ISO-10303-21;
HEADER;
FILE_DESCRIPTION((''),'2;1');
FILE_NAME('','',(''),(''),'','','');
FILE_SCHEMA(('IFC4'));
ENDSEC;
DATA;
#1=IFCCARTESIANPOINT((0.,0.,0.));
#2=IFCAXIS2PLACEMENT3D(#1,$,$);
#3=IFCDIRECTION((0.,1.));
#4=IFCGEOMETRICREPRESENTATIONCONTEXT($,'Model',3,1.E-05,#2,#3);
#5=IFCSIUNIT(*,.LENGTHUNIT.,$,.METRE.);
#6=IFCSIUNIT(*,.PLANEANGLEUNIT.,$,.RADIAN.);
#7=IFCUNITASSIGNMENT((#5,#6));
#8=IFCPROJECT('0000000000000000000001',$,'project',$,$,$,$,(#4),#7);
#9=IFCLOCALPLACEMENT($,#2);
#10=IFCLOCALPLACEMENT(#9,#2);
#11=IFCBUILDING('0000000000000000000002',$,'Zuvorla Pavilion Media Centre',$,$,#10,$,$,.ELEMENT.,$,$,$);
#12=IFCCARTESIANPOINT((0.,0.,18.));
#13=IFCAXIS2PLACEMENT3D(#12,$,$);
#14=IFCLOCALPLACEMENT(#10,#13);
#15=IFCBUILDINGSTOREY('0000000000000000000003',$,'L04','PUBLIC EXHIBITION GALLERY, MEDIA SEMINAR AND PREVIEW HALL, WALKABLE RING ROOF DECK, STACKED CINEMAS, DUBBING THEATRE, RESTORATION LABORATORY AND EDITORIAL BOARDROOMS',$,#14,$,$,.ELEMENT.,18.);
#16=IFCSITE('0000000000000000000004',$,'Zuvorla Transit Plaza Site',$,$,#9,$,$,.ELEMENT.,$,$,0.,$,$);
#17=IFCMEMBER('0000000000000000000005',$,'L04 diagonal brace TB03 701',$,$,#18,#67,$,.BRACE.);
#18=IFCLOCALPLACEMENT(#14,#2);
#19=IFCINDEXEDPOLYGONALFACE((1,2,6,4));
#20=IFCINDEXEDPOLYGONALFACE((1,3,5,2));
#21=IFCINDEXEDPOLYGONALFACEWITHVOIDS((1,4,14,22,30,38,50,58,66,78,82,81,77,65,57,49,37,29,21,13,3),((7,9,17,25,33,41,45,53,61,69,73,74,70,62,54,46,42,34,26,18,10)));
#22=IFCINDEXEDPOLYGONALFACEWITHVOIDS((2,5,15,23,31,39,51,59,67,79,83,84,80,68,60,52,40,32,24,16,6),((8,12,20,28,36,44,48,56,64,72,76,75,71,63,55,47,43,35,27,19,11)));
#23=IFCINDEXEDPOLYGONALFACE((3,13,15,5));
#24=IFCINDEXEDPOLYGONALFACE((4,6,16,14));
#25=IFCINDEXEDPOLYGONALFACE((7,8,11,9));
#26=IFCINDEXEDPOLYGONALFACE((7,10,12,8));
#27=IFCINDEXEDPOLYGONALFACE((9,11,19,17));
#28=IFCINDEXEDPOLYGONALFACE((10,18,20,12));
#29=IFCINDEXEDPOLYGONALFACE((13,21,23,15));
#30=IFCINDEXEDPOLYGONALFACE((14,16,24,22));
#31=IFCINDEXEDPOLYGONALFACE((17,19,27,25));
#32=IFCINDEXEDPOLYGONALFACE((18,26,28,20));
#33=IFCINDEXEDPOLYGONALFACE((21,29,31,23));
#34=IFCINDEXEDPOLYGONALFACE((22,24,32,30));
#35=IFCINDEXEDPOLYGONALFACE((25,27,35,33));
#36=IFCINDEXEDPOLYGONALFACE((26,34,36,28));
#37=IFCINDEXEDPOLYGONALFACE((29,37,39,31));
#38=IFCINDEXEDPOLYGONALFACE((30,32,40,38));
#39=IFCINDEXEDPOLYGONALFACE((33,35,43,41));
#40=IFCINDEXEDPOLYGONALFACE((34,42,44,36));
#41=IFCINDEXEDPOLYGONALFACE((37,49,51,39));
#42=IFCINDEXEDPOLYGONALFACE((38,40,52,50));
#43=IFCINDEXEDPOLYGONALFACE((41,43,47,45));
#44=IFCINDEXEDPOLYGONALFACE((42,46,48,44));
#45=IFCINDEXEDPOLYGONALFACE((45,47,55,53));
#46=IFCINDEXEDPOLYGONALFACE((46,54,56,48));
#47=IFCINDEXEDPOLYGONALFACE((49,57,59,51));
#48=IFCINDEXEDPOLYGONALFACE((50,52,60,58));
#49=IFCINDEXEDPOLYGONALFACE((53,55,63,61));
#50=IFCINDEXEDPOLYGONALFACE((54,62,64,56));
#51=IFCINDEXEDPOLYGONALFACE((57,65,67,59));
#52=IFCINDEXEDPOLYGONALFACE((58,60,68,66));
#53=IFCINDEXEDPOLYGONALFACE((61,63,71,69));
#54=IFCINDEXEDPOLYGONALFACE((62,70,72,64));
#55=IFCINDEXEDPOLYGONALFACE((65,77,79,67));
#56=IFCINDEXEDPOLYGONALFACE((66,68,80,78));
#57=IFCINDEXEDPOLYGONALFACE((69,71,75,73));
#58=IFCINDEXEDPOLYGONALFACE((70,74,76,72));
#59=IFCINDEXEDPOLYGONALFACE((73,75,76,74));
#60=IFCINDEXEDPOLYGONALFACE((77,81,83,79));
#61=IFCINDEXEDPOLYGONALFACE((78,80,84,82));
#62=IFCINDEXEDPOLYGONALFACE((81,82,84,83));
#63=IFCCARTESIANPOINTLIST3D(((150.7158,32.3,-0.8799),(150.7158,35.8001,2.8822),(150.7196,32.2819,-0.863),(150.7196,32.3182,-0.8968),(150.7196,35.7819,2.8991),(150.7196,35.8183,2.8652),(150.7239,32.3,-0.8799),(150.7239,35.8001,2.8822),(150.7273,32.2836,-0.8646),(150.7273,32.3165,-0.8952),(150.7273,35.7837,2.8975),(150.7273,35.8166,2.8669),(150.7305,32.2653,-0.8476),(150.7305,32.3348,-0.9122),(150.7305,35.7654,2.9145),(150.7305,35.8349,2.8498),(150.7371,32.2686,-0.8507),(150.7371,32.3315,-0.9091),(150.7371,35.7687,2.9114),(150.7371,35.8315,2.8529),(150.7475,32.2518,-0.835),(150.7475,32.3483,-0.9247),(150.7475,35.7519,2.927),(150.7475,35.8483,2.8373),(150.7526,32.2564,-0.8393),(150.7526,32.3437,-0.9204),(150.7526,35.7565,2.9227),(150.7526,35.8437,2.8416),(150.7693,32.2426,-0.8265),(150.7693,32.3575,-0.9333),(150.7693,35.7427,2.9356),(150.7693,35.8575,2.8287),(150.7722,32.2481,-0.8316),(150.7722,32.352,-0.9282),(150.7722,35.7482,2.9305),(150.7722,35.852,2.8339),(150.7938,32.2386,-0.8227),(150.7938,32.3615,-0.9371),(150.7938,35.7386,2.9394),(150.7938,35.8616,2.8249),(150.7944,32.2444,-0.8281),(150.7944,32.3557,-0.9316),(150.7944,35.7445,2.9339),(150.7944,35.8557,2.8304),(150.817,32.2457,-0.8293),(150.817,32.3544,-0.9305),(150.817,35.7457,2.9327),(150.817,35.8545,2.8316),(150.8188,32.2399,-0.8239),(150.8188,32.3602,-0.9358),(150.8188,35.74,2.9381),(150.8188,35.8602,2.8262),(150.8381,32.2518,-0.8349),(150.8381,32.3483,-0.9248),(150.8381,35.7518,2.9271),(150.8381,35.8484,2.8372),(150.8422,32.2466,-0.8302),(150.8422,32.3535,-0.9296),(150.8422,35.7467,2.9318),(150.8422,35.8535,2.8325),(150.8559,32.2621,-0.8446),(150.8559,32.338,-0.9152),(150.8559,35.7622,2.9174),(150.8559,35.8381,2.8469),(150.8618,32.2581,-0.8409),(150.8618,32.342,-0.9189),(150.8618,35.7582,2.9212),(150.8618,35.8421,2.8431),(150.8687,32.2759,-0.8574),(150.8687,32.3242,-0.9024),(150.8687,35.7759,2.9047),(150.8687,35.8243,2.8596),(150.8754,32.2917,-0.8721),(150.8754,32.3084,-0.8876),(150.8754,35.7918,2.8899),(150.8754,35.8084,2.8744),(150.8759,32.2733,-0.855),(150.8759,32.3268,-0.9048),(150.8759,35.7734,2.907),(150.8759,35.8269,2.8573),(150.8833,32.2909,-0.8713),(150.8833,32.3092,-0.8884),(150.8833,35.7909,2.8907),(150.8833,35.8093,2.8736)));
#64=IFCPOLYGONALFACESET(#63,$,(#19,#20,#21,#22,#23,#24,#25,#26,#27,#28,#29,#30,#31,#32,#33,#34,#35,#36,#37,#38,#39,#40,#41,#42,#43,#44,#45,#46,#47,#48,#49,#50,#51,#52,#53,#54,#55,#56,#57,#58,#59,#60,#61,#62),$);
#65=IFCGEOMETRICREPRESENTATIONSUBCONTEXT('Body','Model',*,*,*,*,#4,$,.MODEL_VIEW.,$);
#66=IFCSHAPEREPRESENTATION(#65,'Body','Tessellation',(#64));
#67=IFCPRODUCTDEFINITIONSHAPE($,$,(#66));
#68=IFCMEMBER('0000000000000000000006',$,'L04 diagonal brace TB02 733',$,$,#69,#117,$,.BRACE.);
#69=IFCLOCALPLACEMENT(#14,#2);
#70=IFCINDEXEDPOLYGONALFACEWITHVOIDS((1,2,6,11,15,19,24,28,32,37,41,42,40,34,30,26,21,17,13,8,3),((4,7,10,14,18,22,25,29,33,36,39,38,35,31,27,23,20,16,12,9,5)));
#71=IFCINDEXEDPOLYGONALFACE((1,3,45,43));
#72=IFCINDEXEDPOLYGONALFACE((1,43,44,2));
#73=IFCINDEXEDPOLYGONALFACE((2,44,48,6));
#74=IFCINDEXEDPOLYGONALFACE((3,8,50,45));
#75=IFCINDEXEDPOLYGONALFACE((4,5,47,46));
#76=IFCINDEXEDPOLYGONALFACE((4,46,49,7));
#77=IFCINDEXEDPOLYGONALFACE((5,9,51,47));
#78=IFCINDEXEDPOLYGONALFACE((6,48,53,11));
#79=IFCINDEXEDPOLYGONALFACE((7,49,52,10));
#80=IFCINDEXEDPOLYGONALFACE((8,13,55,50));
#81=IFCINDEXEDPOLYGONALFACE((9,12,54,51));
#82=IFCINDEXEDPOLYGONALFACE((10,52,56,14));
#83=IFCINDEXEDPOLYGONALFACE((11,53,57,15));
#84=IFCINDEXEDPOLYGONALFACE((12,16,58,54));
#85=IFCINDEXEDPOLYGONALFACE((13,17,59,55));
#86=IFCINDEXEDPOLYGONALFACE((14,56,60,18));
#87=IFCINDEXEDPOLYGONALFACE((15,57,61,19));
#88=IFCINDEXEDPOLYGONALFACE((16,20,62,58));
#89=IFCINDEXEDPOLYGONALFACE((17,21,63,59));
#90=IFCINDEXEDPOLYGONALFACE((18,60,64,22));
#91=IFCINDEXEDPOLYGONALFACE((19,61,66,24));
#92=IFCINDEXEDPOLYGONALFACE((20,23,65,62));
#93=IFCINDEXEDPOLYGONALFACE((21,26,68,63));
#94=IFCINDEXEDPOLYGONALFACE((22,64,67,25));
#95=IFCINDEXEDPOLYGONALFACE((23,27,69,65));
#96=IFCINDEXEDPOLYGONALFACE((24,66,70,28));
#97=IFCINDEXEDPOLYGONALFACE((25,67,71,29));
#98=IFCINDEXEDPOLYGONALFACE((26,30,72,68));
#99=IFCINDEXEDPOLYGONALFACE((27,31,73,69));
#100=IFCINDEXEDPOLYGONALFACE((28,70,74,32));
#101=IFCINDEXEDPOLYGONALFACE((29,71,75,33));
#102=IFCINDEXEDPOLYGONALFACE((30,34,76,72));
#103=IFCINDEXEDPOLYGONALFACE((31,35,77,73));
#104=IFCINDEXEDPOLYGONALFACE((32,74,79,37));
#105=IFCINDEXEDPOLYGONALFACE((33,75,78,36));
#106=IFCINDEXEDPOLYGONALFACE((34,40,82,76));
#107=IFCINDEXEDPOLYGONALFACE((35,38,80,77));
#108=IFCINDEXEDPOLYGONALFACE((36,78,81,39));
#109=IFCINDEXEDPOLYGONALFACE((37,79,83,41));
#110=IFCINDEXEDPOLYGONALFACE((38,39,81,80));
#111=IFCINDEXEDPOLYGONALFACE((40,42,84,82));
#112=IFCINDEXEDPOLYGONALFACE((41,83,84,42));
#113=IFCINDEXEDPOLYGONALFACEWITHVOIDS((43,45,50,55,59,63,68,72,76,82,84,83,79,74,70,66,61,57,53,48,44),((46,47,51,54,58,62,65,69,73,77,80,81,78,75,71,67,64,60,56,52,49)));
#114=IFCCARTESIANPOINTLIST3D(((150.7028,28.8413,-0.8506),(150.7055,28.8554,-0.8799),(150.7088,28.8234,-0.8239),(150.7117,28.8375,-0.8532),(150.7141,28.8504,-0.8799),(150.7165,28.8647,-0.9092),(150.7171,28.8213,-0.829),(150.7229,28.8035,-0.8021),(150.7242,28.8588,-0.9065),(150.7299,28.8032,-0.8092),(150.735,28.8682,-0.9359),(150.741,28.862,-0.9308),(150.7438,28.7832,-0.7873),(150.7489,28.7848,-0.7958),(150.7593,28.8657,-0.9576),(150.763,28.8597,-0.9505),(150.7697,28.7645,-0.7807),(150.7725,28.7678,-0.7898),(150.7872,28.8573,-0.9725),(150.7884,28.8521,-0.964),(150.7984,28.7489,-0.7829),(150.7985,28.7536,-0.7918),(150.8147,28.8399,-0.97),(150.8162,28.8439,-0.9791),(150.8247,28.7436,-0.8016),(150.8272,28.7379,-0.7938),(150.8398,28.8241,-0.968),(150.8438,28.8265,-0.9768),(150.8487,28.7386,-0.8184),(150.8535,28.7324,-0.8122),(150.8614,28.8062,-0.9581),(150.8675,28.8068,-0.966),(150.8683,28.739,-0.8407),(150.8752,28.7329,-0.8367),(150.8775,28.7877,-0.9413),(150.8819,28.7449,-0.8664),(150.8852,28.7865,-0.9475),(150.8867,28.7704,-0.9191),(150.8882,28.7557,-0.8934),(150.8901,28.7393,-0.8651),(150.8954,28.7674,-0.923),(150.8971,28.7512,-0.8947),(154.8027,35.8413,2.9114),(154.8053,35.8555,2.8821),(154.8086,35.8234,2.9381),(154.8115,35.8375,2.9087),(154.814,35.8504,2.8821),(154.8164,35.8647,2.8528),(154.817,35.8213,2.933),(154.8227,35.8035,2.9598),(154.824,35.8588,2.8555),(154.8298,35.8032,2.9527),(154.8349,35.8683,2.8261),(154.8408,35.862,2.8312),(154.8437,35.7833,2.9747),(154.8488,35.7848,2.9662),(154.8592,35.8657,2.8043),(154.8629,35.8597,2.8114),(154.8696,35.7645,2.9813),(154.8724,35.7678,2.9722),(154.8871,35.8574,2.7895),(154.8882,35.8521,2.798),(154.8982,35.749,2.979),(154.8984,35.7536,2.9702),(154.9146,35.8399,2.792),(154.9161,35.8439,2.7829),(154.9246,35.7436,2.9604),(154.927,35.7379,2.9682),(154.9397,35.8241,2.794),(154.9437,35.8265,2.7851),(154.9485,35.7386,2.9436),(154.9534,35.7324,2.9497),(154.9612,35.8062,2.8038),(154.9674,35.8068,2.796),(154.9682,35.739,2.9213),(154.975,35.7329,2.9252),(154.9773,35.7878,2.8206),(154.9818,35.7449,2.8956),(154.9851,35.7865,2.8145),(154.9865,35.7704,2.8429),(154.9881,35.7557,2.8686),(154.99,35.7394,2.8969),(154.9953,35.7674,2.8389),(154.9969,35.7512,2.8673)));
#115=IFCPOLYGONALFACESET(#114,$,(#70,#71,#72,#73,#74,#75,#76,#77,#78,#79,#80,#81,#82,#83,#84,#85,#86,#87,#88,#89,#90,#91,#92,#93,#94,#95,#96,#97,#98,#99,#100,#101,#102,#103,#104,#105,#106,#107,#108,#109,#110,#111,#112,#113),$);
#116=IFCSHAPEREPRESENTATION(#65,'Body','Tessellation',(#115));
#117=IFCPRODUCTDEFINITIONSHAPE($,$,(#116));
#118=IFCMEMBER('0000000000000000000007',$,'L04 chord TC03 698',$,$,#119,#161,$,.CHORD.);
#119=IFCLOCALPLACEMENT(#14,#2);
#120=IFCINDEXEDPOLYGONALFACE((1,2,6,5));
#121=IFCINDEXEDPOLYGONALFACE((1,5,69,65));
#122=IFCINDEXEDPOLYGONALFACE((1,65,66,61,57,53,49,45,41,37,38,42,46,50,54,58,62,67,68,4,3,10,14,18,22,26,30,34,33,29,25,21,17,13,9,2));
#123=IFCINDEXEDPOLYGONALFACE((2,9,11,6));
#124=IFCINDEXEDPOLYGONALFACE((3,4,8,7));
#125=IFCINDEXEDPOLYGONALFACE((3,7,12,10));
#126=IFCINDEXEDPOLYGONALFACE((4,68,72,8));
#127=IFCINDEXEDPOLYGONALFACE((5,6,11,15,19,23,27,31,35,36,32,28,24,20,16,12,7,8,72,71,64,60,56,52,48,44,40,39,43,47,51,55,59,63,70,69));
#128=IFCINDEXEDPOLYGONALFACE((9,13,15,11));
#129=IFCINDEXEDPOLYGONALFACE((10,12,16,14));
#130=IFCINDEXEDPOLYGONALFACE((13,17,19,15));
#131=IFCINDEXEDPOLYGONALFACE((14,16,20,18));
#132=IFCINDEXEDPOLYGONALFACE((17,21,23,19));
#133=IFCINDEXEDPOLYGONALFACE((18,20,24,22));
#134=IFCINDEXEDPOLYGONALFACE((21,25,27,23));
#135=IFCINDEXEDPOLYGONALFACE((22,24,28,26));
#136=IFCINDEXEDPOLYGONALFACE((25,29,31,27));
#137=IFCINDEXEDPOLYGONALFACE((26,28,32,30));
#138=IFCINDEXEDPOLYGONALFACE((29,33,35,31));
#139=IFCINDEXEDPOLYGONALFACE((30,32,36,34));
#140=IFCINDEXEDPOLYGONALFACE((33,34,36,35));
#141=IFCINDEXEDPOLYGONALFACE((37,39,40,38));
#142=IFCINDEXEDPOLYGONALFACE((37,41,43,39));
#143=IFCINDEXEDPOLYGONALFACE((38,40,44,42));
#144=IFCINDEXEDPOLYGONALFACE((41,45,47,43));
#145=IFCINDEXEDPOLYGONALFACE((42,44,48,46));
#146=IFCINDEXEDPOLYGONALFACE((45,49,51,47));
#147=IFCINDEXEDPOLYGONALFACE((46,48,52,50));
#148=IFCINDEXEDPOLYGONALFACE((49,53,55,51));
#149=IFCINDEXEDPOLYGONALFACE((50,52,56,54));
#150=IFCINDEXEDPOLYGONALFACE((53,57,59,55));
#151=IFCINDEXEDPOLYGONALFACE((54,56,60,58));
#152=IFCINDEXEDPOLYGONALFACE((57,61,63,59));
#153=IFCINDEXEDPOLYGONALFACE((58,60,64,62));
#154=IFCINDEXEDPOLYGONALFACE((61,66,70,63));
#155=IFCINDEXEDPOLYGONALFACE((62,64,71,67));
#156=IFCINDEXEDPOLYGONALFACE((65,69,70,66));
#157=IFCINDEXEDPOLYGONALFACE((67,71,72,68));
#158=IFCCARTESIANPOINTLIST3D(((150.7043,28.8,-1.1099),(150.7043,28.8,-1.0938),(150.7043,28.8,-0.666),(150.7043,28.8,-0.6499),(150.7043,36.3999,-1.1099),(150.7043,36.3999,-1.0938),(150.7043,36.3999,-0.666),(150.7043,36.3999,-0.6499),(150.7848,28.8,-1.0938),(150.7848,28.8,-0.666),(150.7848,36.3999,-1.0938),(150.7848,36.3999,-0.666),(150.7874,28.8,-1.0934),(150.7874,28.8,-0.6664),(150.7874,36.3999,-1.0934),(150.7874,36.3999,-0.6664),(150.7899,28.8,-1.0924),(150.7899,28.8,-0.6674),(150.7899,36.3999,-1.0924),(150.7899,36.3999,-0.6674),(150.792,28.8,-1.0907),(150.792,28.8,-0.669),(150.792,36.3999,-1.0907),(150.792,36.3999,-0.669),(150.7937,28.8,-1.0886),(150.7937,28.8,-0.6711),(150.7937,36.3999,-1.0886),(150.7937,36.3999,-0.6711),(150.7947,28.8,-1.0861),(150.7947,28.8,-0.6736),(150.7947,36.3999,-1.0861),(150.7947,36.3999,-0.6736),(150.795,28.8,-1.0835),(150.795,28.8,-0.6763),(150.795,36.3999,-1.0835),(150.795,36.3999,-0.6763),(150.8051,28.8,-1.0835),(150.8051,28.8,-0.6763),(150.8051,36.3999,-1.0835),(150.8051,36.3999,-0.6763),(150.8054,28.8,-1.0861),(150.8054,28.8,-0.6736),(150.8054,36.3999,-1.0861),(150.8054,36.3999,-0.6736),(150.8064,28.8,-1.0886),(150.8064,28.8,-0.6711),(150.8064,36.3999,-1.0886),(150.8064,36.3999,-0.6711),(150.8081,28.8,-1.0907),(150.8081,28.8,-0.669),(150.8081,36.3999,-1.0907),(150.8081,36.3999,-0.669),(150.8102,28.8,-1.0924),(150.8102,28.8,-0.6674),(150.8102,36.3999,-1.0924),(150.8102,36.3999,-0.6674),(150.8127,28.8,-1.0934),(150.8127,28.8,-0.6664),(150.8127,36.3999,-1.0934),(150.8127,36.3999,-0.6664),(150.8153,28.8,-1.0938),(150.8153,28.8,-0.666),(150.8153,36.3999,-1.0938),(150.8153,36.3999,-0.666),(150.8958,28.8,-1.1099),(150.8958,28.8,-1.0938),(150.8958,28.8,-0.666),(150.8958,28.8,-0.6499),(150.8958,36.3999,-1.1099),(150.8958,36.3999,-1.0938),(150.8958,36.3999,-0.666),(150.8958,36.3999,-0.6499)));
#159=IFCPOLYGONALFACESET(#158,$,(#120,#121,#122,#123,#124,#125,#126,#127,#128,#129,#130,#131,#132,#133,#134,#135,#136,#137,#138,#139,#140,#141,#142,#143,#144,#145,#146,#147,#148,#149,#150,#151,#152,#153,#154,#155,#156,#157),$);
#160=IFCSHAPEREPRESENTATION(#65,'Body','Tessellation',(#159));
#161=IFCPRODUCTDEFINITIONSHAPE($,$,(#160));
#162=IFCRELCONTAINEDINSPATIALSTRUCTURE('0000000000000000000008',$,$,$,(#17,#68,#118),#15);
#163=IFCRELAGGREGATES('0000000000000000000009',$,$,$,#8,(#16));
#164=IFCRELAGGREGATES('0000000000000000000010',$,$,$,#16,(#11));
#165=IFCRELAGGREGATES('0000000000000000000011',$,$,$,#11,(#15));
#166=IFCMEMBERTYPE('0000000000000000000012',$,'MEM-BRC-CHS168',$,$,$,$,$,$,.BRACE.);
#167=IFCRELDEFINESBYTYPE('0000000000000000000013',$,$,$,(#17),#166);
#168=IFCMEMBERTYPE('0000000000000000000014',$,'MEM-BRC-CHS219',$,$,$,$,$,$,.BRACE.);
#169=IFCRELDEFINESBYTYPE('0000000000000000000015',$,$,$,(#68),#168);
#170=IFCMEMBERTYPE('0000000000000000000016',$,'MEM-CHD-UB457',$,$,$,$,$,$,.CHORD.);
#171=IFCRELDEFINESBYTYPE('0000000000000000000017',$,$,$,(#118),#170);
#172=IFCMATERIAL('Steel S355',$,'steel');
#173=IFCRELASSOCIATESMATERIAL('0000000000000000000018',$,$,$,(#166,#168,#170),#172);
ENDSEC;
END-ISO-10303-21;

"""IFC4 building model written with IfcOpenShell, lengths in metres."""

from ifc_helpers import new_model, si_unit, direction, frame, origin, origin_2d, place, context, subcontext, project, spatial, hollow_circle, i_section, extrude, material, material_profile, profile_set, type_object, element, save


model = new_model("IFC4")

# Units and contexts
model_context = context("Model", 3, precision=1e-05, world=origin(), true_north=direction((0.0, 1.0)))
body_context = subcontext(model_context, "Body", "Model", "MODEL_VIEW")
ifc_project = project(units=[si_unit("LENGTHUNIT", "METRE"), si_unit("PLANEANGLEUNIT", "RADIAN")], contexts=[model_context])

# Site, building, storey
site_placement = place(None, origin())
site = spatial("IfcSite", under=ifc_project, at=site_placement, Name="Zuvorla Transit Plaza Site", CompositionType="ELEMENT", RefElevation=0.0)
building_placement = place(site_placement, origin())
building = spatial("IfcBuilding", under=site, at=building_placement, Name="Zuvorla Pavilion Media Centre", CompositionType="ELEMENT")
storey_placement = place(building_placement, frame((0.0, 0.0, 18.0)))
storey = spatial("IfcBuildingStorey", under=building, at=storey_placement, Name="L04", Description="PUBLIC EXHIBITION GALLERY, MEDIA SEMINAR AND PREVIEW HALL, WALKABLE RING ROOF DECK, STACKED CINEMAS, DUBBING THEATRE, RESTORATION LABORATORY AND EDITORIAL BOARDROOMS", CompositionType="ELEMENT", Elevation=18.0)

# Shared definitions
ifc_material_1 = material(Name="Steel S355", Category="steel")

# Members
ifc_material_profile_1 = material_profile(ifc_material_1, hollow_circle(Radius=0.0842, WallThickness=0.0081, at=origin_2d()), Name="CHS 168.3x8")
ifc_profile_set_1 = profile_set([ifc_material_profile_1], Name="Steel S355")
member_type_1 = type_object("IfcMemberType", Name="MEM-BRC-CHS168", PredefinedType="BRACE", material=ifc_profile_set_1)
member_1_placement = place(storey_placement, frame((150.8, 32.3, -0.8799), z_axis=(0.0, 0.681156, 0.732138), x_axis=(-1.0, 0.0, 0.0)))
element("IfcMember", 1, at=member_1_placement, inside=storey, type_object=member_type_1, Name="L04 diagonal brace TB03 701", PredefinedType="BRACE", context=body_context, shape_type="SweptSolid", body=[
    extrude(hollow_circle(Radius=0.0842, WallThickness=0.0081, at=origin_2d()), origin(), (0.0, 0.0, 1.0), 5.1384),
])
ifc_material_profile_2 = material_profile(ifc_material_1, hollow_circle(Radius=0.1096, WallThickness=0.01, at=origin_2d()), Name="CHS 219.1x10")
ifc_profile_set_2 = profile_set([ifc_material_profile_2], Name="Steel S355")
member_type_2 = type_object("IfcMemberType", Name="MEM-BRC-CHS219", PredefinedType="BRACE", material=ifc_profile_set_2)
member_2_placement = place(storey_placement, frame((150.8, 28.8, -0.8799), z_axis=(0.458489, 0.782814, 0.420702), x_axis=(-0.862891, 0.50539, 0.0)))
element("IfcMember", 2, at=member_2_placement, inside=storey, type_object=member_type_2, Name="L04 diagonal brace TB02 733", PredefinedType="BRACE", context=body_context, shape_type="SweptSolid", body=[
    extrude(hollow_circle(Radius=0.1096, WallThickness=0.01, at=origin_2d()), origin(), (0.0, 0.0, 1.0), 8.9421),
])
ifc_material_profile_3 = material_profile(ifc_material_1, i_section(OverallWidth=0.1914, OverallDepth=0.46, WebThickness=0.01, FlangeThickness=0.0161, FilletRadius=0.0103, at=origin_2d()), Name="UB 457x191x82")
ifc_profile_set_3 = profile_set([ifc_material_profile_3], Name="Steel S355")
member_type_3 = type_object("IfcMemberType", Name="MEM-CHD-UB457", PredefinedType="CHORD", material=ifc_profile_set_3)
member_3_placement = place(storey_placement, frame((150.8, 28.8, -0.8799), z_axis=(0.0, 1.0, 0.0), x_axis=(-1.0, 0.0, 0.0)))
element("IfcMember", 3, at=member_3_placement, inside=storey, type_object=member_type_3, Name="L04 chord TC03 698", PredefinedType="CHORD", context=body_context, shape_type="SweptSolid", body=[
    extrude(i_section(OverallWidth=0.1914, OverallDepth=0.46, WebThickness=0.01, FlangeThickness=0.0161, FilletRadius=0.0103, at=origin_2d()), origin(), (0.0, 0.0, 1.0), 7.5999),
])

save(model, "model.ifc")
